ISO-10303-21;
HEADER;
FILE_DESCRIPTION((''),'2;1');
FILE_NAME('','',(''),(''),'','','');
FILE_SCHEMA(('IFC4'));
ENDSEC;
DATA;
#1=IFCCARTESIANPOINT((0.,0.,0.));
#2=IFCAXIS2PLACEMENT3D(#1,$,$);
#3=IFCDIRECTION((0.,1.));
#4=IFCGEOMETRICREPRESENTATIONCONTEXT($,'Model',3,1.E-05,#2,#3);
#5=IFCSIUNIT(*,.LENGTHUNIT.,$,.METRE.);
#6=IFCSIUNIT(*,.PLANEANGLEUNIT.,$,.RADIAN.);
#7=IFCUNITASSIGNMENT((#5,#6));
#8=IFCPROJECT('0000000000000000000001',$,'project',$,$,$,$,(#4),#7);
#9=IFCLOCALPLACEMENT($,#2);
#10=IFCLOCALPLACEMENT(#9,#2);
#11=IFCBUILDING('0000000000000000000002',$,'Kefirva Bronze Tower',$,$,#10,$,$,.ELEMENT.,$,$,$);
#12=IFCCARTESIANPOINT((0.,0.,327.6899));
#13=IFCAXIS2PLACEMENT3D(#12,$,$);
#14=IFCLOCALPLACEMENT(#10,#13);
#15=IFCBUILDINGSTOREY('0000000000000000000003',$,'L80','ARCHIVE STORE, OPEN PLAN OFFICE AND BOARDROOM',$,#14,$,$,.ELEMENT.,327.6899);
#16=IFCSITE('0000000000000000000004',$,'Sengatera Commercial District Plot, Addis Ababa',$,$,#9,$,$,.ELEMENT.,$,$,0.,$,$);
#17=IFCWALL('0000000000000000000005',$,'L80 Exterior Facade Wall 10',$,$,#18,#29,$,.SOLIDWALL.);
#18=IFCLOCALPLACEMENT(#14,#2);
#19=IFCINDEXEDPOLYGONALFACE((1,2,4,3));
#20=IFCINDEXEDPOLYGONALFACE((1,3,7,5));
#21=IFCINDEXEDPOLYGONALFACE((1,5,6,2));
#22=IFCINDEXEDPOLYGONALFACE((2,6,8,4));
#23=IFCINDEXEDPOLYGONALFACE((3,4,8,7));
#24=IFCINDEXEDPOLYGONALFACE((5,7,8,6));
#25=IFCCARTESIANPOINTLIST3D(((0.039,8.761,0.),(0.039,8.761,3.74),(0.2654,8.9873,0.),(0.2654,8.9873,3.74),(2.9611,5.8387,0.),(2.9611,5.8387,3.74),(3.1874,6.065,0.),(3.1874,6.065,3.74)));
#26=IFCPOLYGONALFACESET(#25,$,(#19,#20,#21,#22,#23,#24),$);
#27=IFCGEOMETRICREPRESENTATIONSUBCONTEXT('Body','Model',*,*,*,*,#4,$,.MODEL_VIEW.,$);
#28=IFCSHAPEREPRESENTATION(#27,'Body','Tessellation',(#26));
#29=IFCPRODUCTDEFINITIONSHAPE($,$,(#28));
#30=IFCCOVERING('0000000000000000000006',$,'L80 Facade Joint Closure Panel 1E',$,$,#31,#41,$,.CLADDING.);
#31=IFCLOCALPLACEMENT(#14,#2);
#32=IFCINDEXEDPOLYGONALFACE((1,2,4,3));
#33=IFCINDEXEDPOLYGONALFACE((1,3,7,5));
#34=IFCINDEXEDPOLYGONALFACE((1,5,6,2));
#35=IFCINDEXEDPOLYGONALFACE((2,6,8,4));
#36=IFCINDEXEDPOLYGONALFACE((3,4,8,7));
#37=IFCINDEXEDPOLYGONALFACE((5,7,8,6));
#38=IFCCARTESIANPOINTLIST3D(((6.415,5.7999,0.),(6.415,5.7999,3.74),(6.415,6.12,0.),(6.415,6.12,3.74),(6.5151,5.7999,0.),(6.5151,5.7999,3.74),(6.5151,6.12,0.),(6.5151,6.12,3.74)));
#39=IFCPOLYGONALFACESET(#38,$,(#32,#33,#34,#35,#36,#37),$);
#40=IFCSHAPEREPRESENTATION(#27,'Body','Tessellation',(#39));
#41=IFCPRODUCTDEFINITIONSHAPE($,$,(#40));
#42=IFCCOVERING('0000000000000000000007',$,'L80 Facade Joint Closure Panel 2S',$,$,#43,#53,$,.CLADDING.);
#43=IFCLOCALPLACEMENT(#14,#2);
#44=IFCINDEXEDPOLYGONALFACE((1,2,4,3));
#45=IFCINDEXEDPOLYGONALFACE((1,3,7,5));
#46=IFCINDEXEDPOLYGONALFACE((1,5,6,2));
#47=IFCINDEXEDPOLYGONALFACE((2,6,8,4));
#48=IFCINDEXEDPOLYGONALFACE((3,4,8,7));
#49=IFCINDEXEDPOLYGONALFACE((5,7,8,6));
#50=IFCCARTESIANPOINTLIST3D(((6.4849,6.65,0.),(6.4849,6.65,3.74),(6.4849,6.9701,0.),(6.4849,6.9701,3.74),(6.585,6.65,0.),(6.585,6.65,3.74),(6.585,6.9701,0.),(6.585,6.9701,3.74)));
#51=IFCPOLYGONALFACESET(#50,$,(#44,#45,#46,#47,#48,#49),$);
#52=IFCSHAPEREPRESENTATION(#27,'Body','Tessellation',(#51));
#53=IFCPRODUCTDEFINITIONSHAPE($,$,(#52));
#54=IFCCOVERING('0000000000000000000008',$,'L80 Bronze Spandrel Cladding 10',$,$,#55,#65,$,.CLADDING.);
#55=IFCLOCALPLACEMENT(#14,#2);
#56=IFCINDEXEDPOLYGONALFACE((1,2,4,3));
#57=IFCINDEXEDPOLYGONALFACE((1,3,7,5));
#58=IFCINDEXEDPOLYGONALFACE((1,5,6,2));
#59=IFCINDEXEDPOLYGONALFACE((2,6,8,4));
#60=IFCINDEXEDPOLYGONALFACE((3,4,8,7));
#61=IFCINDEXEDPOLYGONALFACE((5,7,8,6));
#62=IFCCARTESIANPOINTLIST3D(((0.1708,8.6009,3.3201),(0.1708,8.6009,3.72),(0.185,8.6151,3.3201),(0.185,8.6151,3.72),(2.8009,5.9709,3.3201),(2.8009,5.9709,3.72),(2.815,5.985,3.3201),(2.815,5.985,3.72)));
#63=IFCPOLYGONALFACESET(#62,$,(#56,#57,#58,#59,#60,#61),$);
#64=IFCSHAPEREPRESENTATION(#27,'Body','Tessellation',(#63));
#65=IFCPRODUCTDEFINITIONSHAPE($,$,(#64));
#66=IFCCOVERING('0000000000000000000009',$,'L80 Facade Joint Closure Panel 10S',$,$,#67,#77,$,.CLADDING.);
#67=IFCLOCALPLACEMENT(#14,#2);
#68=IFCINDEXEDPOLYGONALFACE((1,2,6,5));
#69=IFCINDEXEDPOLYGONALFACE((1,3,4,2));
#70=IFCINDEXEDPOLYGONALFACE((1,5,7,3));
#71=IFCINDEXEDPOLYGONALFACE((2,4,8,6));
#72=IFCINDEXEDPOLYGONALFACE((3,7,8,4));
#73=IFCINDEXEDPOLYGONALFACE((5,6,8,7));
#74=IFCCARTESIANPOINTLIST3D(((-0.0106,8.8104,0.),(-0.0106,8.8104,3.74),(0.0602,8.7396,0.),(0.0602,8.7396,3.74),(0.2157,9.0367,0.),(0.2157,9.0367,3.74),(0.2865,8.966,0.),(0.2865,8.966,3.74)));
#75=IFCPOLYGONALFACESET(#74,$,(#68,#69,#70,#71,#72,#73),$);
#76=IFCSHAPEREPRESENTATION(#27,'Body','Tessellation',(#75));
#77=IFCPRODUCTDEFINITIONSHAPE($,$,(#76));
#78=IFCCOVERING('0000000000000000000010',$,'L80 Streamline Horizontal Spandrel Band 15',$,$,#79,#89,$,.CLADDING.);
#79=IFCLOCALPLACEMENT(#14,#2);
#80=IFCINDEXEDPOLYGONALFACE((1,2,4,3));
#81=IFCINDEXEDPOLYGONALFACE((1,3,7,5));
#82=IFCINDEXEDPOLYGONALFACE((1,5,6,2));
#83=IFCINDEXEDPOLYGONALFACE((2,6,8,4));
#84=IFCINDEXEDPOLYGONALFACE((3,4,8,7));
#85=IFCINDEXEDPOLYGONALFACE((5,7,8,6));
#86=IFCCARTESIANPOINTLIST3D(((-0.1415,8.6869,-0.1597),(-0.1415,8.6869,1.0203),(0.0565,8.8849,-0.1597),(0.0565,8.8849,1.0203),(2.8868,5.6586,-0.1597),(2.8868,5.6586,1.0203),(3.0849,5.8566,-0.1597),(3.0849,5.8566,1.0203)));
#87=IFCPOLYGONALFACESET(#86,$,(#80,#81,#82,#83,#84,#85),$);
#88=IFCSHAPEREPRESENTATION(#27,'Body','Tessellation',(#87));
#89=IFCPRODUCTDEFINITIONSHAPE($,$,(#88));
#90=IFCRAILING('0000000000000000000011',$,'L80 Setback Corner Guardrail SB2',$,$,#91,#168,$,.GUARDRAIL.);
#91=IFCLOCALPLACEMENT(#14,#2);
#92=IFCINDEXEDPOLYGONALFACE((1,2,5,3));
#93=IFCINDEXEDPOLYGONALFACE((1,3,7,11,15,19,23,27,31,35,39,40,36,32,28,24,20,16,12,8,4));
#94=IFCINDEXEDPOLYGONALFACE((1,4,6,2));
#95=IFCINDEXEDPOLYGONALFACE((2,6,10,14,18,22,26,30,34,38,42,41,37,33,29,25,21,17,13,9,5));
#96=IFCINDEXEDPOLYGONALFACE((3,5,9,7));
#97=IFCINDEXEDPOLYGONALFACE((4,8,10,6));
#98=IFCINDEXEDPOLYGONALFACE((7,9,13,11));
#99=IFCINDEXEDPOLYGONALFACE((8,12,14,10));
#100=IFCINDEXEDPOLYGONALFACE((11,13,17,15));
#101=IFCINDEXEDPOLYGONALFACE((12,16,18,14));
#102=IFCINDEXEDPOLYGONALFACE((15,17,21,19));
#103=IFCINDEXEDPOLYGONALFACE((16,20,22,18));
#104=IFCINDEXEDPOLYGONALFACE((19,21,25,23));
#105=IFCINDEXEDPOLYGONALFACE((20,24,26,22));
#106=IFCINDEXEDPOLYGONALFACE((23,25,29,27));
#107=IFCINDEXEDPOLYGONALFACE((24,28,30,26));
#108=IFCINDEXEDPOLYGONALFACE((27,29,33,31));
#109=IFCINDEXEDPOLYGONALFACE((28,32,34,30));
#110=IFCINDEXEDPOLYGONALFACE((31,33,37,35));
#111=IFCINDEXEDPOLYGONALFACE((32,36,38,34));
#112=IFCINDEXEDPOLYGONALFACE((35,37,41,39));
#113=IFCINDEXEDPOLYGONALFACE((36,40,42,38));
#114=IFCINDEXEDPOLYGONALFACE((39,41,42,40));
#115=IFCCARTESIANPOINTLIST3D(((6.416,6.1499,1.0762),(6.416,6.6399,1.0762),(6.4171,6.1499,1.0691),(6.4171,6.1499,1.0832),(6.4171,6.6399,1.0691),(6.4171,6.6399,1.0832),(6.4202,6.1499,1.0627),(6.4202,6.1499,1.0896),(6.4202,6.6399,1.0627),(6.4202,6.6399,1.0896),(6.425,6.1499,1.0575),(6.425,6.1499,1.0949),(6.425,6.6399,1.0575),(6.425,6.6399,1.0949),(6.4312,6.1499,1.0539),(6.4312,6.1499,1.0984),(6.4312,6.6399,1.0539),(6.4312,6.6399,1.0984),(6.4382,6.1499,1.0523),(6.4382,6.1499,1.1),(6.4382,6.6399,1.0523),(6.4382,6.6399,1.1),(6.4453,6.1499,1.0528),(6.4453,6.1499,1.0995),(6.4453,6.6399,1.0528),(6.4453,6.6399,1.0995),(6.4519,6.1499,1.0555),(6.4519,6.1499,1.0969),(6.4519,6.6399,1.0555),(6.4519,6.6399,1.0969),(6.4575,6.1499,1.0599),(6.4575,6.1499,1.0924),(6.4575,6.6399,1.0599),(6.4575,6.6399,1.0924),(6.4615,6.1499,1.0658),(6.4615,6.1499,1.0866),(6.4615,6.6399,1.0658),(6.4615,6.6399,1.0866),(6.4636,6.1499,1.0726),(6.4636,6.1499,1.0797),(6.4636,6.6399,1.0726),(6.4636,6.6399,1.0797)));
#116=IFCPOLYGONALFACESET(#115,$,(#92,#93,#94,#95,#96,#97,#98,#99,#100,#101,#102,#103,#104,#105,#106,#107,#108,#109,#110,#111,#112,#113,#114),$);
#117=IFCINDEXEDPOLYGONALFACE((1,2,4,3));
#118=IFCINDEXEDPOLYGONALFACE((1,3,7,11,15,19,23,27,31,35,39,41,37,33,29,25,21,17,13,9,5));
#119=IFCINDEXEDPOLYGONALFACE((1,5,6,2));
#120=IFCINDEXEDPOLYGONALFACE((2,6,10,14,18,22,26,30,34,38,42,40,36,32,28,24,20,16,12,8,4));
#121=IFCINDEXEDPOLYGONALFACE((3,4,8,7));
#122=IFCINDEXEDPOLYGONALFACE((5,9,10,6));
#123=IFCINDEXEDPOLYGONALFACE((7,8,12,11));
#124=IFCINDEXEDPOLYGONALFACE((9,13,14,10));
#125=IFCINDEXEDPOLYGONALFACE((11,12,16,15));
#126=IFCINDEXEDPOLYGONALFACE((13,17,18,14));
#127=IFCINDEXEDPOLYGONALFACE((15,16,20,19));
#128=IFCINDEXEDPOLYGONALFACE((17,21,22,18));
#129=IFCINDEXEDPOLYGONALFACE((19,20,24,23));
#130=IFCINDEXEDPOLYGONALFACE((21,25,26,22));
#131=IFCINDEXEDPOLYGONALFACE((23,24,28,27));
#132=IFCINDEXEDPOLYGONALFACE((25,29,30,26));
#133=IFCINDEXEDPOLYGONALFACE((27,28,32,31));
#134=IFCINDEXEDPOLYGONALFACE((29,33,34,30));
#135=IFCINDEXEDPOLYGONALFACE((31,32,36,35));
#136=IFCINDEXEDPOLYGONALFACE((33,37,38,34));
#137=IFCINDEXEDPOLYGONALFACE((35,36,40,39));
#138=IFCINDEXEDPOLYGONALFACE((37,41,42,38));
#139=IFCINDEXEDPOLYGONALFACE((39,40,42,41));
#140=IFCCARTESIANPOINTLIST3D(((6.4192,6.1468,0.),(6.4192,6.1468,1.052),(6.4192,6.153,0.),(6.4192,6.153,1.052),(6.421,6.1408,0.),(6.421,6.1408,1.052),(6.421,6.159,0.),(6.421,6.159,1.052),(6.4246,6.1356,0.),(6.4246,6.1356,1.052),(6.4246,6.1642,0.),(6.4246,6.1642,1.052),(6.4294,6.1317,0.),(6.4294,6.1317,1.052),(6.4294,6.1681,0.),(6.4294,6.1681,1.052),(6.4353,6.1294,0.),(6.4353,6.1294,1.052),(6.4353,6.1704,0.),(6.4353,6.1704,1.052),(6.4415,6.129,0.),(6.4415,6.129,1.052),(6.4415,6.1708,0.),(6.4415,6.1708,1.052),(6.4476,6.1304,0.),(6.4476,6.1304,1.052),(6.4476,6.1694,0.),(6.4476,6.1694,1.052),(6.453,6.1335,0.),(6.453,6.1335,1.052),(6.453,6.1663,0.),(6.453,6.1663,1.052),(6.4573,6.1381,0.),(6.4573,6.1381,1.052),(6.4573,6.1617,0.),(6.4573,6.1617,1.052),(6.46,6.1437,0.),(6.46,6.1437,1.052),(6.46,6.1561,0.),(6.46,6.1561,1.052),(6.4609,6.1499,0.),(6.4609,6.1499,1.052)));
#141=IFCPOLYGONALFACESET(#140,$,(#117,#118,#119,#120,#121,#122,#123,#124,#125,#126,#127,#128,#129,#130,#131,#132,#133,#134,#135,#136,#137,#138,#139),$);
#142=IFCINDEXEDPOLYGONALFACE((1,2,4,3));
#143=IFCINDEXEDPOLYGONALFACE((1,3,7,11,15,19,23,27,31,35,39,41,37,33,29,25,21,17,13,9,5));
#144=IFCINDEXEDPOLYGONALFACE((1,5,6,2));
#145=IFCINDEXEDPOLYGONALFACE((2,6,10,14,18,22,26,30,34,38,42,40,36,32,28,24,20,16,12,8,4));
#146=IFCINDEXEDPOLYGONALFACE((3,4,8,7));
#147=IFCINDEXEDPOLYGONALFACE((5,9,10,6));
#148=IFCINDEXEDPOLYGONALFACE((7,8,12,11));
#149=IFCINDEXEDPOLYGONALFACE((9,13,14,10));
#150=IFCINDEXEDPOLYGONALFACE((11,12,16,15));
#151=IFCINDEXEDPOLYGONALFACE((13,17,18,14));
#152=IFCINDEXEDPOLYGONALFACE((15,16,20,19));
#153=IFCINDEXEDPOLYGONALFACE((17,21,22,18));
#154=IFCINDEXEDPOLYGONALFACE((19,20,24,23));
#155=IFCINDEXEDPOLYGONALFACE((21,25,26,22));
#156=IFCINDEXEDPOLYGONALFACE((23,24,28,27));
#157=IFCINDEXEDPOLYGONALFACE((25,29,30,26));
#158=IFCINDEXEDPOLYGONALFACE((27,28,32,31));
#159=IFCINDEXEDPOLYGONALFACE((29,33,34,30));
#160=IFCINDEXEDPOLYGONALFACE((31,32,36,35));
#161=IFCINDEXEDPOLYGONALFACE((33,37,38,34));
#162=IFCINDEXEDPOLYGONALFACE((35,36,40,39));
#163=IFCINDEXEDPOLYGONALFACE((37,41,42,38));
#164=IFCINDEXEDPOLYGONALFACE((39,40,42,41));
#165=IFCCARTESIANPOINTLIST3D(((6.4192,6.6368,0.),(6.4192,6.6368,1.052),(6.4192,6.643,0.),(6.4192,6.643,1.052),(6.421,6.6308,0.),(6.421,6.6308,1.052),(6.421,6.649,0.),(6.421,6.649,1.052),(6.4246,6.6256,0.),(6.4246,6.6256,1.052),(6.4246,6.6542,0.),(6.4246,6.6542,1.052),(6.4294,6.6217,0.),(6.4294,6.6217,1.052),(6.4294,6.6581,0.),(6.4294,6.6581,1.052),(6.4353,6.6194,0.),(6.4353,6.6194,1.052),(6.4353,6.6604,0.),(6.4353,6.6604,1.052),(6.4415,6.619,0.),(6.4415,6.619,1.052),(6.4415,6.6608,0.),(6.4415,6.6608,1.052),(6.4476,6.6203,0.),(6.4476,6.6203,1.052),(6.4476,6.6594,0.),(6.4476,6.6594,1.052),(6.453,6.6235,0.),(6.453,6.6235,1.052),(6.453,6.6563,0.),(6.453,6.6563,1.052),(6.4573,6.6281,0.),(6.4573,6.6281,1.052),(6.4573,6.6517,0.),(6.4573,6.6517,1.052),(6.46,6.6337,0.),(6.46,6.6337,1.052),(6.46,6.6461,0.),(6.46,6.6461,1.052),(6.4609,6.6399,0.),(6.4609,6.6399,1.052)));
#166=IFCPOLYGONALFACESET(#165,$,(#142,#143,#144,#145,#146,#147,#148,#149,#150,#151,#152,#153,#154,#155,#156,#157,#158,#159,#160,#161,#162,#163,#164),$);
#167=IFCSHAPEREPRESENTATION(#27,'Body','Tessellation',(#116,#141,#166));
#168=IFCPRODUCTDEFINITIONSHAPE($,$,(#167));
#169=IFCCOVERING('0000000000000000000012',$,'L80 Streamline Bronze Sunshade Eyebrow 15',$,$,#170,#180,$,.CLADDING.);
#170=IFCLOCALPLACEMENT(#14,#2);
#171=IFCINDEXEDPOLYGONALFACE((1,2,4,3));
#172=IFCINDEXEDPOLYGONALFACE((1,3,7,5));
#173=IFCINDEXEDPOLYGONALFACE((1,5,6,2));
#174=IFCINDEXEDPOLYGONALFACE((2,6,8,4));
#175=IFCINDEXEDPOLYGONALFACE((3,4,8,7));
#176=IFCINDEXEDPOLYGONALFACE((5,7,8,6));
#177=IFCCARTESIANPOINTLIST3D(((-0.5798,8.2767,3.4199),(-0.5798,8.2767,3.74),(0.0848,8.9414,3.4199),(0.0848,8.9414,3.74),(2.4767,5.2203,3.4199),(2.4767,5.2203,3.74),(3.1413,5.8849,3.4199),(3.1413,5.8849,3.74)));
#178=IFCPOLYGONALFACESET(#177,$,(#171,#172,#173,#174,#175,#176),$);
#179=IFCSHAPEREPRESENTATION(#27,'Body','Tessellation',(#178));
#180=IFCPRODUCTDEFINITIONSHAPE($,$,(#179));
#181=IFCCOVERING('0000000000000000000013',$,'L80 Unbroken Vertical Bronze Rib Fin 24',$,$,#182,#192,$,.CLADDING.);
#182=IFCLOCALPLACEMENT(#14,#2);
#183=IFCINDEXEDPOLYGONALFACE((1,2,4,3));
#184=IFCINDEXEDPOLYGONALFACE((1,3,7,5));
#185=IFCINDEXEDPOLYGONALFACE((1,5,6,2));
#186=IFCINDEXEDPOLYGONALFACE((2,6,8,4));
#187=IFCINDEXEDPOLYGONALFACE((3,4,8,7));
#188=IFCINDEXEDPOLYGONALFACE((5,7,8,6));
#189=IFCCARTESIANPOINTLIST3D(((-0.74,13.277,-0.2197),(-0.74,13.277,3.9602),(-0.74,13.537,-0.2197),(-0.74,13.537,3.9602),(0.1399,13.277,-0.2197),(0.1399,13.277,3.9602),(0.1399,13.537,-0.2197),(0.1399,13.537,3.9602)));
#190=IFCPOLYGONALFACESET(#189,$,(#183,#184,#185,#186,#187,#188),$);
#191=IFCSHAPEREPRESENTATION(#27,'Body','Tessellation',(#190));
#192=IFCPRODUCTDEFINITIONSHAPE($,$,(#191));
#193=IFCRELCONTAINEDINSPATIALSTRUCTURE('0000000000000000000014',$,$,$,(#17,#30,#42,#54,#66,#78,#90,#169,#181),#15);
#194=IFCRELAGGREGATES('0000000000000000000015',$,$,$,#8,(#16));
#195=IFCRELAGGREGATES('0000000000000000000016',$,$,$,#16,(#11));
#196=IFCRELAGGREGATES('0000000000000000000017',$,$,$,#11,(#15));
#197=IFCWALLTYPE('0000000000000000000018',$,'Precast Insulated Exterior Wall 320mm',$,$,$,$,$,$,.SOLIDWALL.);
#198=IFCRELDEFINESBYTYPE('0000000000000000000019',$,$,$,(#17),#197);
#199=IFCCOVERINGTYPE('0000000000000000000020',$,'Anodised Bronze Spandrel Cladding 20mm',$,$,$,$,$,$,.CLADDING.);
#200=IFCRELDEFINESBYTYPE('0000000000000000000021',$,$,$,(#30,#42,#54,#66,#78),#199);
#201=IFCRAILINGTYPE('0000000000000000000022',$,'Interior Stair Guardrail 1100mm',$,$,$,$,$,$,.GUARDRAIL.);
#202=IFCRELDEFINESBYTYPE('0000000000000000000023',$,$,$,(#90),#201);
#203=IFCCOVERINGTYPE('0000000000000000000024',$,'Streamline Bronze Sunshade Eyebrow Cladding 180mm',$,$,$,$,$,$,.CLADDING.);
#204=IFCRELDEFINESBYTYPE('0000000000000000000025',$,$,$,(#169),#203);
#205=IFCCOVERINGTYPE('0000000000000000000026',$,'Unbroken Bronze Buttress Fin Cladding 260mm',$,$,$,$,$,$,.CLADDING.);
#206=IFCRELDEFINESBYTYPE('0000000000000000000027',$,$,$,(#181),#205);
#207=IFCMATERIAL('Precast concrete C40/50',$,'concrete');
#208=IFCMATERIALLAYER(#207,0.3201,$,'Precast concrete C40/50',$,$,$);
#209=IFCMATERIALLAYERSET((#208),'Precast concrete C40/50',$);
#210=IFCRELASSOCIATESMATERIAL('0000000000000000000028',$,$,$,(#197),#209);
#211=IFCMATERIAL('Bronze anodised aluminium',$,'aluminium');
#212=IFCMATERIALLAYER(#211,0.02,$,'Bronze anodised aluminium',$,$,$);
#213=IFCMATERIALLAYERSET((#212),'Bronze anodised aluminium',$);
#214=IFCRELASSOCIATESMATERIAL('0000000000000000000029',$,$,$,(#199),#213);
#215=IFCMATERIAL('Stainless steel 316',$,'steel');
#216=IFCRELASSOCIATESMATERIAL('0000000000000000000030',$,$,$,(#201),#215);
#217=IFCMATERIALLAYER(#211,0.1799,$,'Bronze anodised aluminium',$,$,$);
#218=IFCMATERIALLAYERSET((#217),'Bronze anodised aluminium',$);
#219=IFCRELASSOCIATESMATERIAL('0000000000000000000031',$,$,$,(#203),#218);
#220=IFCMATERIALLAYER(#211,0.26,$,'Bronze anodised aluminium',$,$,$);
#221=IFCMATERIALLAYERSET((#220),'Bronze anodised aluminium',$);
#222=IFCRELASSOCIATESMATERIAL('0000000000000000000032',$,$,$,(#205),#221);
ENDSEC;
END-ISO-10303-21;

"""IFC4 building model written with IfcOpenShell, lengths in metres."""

from ifc_helpers import new_model, si_unit, direction, frame, frame_2d, origin, origin_2d, place, context, subcontext, project, spatial, rectangle, circle, extrude, material, layer, layer_set, type_object, element, save


model = new_model("IFC4")

# Units and contexts
model_context = context("Model", 3, precision=1e-05, world=origin(), true_north=direction((0.0, 1.0)))
body_context = subcontext(model_context, "Body", "Model", "MODEL_VIEW")
ifc_project = project(units=[si_unit("LENGTHUNIT", "METRE"), si_unit("PLANEANGLEUNIT", "RADIAN")], contexts=[model_context])

# Site, building, storey
site_placement = place(None, origin())
site = spatial("IfcSite", under=ifc_project, at=site_placement, Name="Sengatera Commercial District Plot, Addis Ababa", CompositionType="ELEMENT", RefElevation=0.0)
building_placement = place(site_placement, origin())
building = spatial("IfcBuilding", under=site, at=building_placement, Name="Kefirva Bronze Tower", CompositionType="ELEMENT")
storey_placement = place(building_placement, frame((0.0, 0.0, 327.6899)))
storey = spatial("IfcBuildingStorey", under=building, at=storey_placement, Name="L80", Description="ARCHIVE STORE, OPEN PLAN OFFICE AND BOARDROOM", CompositionType="ELEMENT", Elevation=327.6899)

# Shared definitions
ifc_material_1 = material(Name="Bronze anodised aluminium", Category="aluminium")

# Shared definitions
ifc_material_2 = material(Name="Precast concrete C40/50", Category="concrete")
ifc_layer_1 = layer(ifc_material_2, 0.3201, Name="Precast concrete C40/50")
ifc_layer_set_1 = layer_set([ifc_layer_1], Name="Precast concrete C40/50")
wall_type = type_object("IfcWallType", Name="Precast Insulated Exterior Wall 320mm", PredefinedType="SOLIDWALL", material=ifc_layer_set_1)

# Wall
wall_1_placement = place(storey_placement, frame((0.1521, 8.8743, 0.0), z_axis=(0.0, 0.0, 1.0), x_axis=(0.707077, -0.707136, 0.0)))
element("IfcWall", 1, at=wall_1_placement, inside=storey, type_object=wall_type, Name="L80 Exterior Facade Wall 10", PredefinedType="SOLIDWALL", context=body_context, shape_type="SweptSolid", body=[
    extrude(rectangle(XDim=4.1326, YDim=0.3201, at=frame_2d((2.0664, 0.0))), origin(), (0.0, 0.0, 1.0), 3.74),
])

# Coverings
ifc_layer_2 = layer(ifc_material_1, 0.02, Name="Bronze anodised aluminium")
ifc_layer_set_2 = layer_set([ifc_layer_2], Name="Bronze anodised aluminium")
covering_type_1 = type_object("IfcCoveringType", Name="Anodised Bronze Spandrel Cladding 20mm", PredefinedType="CLADDING", material=ifc_layer_set_2)
for number, where, z_axis, x_axis, name in (
    (2, (6.4651, 5.96, 0.0), (0.0, 0.0, 1.0), (1.0, 0.0, 0.0), "L80 Facade Joint Closure Panel 1E"),
    (3, (6.5349, 6.8101, 0.0), (0.0, 0.0, 1.0), (1.0, 0.0, 0.0), "L80 Facade Joint Closure Panel 2S"),
):
    element("IfcCovering", number, at=place(storey_placement, frame(where, z_axis=z_axis, x_axis=x_axis)), inside=storey, type_object=covering_type_1, Name=name, PredefinedType="CLADDING", context=body_context, shape_type="SweptSolid", body=[
        extrude(rectangle(XDim=0.1001, YDim=0.3201, at=origin_2d()), origin(), (0.0, 0.0, 1.0), 3.74),
    ])
covering_1_placement = place(storey_placement, frame((1.4929, 7.293, 3.3201), z_axis=(0.0, 0.0, 1.0), x_axis=(0.707107, -0.707107, 0.0)))
element("IfcCovering", 4, at=covering_1_placement, inside=storey, type_object=covering_type_1, Name="L80 Bronze Spandrel Cladding 10", PredefinedType="CLADDING", context=body_context, shape_type="SweptSolid", body=[
    extrude(rectangle(XDim=3.7195, YDim=0.02, at=origin_2d()), origin(), (0.0, 0.0, 1.0), 0.3999),
])
covering_2_placement = place(storey_placement, frame((0.1379, 8.8882, 0.0), z_axis=(0.0, 0.0, 1.0), x_axis=(0.707107, -0.707107, 0.0)))
element("IfcCovering", 5, at=covering_2_placement, inside=storey, type_object=covering_type_1, Name="L80 Facade Joint Closure Panel 10S", PredefinedType="CLADDING", context=body_context, shape_type="SweptSolid", body=[
    extrude(rectangle(XDim=0.1001, YDim=0.3201, at=origin_2d()), origin(), (0.0, 0.0, 1.0), 3.74),
])
covering_3_placement = place(storey_placement, frame((1.4717, 7.2717, -0.1597), z_axis=(0.0, 0.0, 1.0), x_axis=(0.707107, -0.707107, 0.0)))
element("IfcCovering", 6, at=covering_3_placement, inside=storey, type_object=covering_type_1, Name="L80 Streamline Horizontal Spandrel Band 15", PredefinedType="CLADDING", context=body_context, shape_type="SweptSolid", body=[
    extrude(rectangle(XDim=4.2827, YDim=0.28, at=origin_2d()), origin(), (0.0, 0.0, 1.0), 1.1799),
])

# Railing
ifc_material_3 = material(Name="Stainless steel 316", Category="steel")
railing_type = type_object("IfcRailingType", Name="Interior Stair Guardrail 1100mm", PredefinedType="GUARDRAIL", material=ifc_material_3)
railing_placement = place(storey_placement, frame((6.4399, 6.1499, 0.0)))
element("IfcRailing", 7, at=railing_placement, inside=storey, type_object=railing_type, Name="L80 Setback Corner Guardrail SB2", PredefinedType="GUARDRAIL", context=body_context, shape_type="SweptSolid", body=[
    extrude(circle(Radius=0.0239, at=origin_2d()), frame((0.0, 0.0, 1.0762), z_axis=(0.0, 1.0, 0.0), x_axis=(-1.0, 0.0, 0.0)), (0.0, 0.0, 1.0), 0.49),
    extrude(circle(Radius=0.021, at=origin_2d()), origin(), (0.0, 0.0, 1.0), 1.052),
    extrude(circle(Radius=0.021, at=origin_2d()), frame((0.0, 0.49, 0.0)), (0.0, 0.0, 1.0), 1.052),
])

# Coverings
ifc_layer_3 = layer(ifc_material_1, 0.1799, Name="Bronze anodised aluminium")
ifc_layer_set_3 = layer_set([ifc_layer_3], Name="Bronze anodised aluminium")
covering_type_2 = type_object("IfcCoveringType", Name="Streamline Bronze Sunshade Eyebrow Cladding 180mm", PredefinedType="CLADDING", material=ifc_layer_set_3)
covering_4_placement = place(storey_placement, frame((1.2808, 7.0808, 3.4199), z_axis=(0.0, 0.0, 1.0), x_axis=(0.707107, -0.707107, 0.0)))
element("IfcCovering", 8, at=covering_4_placement, inside=storey, type_object=covering_type_2, Name="L80 Streamline Bronze Sunshade Eyebrow 15", PredefinedType="CLADDING", context=body_context, shape_type="SweptSolid", body=[
    extrude(rectangle(XDim=4.3225, YDim=0.9399, at=origin_2d()), origin(), (0.0, 0.0, 1.0), 0.3201),
])
ifc_layer_4 = layer(ifc_material_1, 0.26, Name="Bronze anodised aluminium")
ifc_layer_set_4 = layer_set([ifc_layer_4], Name="Bronze anodised aluminium")
covering_type_3 = type_object("IfcCoveringType", Name="Unbroken Bronze Buttress Fin Cladding 260mm", PredefinedType="CLADDING", material=ifc_layer_set_4)
covering_5_placement = place(storey_placement, frame((-0.3, 13.407, -0.2197), z_axis=(0.0, 0.0, 1.0), x_axis=(0.0, -1.0, 0.0)))
element("IfcCovering", 9, at=covering_5_placement, inside=storey, type_object=covering_type_3, Name="L80 Unbroken Vertical Bronze Rib Fin 24", PredefinedType="CLADDING", context=body_context, shape_type="SweptSolid", body=[
    extrude(rectangle(XDim=0.26, YDim=0.8799, at=origin_2d()), origin(), (0.0, 0.0, 1.0), 4.1799),
])

save(model, "model.ifc")
